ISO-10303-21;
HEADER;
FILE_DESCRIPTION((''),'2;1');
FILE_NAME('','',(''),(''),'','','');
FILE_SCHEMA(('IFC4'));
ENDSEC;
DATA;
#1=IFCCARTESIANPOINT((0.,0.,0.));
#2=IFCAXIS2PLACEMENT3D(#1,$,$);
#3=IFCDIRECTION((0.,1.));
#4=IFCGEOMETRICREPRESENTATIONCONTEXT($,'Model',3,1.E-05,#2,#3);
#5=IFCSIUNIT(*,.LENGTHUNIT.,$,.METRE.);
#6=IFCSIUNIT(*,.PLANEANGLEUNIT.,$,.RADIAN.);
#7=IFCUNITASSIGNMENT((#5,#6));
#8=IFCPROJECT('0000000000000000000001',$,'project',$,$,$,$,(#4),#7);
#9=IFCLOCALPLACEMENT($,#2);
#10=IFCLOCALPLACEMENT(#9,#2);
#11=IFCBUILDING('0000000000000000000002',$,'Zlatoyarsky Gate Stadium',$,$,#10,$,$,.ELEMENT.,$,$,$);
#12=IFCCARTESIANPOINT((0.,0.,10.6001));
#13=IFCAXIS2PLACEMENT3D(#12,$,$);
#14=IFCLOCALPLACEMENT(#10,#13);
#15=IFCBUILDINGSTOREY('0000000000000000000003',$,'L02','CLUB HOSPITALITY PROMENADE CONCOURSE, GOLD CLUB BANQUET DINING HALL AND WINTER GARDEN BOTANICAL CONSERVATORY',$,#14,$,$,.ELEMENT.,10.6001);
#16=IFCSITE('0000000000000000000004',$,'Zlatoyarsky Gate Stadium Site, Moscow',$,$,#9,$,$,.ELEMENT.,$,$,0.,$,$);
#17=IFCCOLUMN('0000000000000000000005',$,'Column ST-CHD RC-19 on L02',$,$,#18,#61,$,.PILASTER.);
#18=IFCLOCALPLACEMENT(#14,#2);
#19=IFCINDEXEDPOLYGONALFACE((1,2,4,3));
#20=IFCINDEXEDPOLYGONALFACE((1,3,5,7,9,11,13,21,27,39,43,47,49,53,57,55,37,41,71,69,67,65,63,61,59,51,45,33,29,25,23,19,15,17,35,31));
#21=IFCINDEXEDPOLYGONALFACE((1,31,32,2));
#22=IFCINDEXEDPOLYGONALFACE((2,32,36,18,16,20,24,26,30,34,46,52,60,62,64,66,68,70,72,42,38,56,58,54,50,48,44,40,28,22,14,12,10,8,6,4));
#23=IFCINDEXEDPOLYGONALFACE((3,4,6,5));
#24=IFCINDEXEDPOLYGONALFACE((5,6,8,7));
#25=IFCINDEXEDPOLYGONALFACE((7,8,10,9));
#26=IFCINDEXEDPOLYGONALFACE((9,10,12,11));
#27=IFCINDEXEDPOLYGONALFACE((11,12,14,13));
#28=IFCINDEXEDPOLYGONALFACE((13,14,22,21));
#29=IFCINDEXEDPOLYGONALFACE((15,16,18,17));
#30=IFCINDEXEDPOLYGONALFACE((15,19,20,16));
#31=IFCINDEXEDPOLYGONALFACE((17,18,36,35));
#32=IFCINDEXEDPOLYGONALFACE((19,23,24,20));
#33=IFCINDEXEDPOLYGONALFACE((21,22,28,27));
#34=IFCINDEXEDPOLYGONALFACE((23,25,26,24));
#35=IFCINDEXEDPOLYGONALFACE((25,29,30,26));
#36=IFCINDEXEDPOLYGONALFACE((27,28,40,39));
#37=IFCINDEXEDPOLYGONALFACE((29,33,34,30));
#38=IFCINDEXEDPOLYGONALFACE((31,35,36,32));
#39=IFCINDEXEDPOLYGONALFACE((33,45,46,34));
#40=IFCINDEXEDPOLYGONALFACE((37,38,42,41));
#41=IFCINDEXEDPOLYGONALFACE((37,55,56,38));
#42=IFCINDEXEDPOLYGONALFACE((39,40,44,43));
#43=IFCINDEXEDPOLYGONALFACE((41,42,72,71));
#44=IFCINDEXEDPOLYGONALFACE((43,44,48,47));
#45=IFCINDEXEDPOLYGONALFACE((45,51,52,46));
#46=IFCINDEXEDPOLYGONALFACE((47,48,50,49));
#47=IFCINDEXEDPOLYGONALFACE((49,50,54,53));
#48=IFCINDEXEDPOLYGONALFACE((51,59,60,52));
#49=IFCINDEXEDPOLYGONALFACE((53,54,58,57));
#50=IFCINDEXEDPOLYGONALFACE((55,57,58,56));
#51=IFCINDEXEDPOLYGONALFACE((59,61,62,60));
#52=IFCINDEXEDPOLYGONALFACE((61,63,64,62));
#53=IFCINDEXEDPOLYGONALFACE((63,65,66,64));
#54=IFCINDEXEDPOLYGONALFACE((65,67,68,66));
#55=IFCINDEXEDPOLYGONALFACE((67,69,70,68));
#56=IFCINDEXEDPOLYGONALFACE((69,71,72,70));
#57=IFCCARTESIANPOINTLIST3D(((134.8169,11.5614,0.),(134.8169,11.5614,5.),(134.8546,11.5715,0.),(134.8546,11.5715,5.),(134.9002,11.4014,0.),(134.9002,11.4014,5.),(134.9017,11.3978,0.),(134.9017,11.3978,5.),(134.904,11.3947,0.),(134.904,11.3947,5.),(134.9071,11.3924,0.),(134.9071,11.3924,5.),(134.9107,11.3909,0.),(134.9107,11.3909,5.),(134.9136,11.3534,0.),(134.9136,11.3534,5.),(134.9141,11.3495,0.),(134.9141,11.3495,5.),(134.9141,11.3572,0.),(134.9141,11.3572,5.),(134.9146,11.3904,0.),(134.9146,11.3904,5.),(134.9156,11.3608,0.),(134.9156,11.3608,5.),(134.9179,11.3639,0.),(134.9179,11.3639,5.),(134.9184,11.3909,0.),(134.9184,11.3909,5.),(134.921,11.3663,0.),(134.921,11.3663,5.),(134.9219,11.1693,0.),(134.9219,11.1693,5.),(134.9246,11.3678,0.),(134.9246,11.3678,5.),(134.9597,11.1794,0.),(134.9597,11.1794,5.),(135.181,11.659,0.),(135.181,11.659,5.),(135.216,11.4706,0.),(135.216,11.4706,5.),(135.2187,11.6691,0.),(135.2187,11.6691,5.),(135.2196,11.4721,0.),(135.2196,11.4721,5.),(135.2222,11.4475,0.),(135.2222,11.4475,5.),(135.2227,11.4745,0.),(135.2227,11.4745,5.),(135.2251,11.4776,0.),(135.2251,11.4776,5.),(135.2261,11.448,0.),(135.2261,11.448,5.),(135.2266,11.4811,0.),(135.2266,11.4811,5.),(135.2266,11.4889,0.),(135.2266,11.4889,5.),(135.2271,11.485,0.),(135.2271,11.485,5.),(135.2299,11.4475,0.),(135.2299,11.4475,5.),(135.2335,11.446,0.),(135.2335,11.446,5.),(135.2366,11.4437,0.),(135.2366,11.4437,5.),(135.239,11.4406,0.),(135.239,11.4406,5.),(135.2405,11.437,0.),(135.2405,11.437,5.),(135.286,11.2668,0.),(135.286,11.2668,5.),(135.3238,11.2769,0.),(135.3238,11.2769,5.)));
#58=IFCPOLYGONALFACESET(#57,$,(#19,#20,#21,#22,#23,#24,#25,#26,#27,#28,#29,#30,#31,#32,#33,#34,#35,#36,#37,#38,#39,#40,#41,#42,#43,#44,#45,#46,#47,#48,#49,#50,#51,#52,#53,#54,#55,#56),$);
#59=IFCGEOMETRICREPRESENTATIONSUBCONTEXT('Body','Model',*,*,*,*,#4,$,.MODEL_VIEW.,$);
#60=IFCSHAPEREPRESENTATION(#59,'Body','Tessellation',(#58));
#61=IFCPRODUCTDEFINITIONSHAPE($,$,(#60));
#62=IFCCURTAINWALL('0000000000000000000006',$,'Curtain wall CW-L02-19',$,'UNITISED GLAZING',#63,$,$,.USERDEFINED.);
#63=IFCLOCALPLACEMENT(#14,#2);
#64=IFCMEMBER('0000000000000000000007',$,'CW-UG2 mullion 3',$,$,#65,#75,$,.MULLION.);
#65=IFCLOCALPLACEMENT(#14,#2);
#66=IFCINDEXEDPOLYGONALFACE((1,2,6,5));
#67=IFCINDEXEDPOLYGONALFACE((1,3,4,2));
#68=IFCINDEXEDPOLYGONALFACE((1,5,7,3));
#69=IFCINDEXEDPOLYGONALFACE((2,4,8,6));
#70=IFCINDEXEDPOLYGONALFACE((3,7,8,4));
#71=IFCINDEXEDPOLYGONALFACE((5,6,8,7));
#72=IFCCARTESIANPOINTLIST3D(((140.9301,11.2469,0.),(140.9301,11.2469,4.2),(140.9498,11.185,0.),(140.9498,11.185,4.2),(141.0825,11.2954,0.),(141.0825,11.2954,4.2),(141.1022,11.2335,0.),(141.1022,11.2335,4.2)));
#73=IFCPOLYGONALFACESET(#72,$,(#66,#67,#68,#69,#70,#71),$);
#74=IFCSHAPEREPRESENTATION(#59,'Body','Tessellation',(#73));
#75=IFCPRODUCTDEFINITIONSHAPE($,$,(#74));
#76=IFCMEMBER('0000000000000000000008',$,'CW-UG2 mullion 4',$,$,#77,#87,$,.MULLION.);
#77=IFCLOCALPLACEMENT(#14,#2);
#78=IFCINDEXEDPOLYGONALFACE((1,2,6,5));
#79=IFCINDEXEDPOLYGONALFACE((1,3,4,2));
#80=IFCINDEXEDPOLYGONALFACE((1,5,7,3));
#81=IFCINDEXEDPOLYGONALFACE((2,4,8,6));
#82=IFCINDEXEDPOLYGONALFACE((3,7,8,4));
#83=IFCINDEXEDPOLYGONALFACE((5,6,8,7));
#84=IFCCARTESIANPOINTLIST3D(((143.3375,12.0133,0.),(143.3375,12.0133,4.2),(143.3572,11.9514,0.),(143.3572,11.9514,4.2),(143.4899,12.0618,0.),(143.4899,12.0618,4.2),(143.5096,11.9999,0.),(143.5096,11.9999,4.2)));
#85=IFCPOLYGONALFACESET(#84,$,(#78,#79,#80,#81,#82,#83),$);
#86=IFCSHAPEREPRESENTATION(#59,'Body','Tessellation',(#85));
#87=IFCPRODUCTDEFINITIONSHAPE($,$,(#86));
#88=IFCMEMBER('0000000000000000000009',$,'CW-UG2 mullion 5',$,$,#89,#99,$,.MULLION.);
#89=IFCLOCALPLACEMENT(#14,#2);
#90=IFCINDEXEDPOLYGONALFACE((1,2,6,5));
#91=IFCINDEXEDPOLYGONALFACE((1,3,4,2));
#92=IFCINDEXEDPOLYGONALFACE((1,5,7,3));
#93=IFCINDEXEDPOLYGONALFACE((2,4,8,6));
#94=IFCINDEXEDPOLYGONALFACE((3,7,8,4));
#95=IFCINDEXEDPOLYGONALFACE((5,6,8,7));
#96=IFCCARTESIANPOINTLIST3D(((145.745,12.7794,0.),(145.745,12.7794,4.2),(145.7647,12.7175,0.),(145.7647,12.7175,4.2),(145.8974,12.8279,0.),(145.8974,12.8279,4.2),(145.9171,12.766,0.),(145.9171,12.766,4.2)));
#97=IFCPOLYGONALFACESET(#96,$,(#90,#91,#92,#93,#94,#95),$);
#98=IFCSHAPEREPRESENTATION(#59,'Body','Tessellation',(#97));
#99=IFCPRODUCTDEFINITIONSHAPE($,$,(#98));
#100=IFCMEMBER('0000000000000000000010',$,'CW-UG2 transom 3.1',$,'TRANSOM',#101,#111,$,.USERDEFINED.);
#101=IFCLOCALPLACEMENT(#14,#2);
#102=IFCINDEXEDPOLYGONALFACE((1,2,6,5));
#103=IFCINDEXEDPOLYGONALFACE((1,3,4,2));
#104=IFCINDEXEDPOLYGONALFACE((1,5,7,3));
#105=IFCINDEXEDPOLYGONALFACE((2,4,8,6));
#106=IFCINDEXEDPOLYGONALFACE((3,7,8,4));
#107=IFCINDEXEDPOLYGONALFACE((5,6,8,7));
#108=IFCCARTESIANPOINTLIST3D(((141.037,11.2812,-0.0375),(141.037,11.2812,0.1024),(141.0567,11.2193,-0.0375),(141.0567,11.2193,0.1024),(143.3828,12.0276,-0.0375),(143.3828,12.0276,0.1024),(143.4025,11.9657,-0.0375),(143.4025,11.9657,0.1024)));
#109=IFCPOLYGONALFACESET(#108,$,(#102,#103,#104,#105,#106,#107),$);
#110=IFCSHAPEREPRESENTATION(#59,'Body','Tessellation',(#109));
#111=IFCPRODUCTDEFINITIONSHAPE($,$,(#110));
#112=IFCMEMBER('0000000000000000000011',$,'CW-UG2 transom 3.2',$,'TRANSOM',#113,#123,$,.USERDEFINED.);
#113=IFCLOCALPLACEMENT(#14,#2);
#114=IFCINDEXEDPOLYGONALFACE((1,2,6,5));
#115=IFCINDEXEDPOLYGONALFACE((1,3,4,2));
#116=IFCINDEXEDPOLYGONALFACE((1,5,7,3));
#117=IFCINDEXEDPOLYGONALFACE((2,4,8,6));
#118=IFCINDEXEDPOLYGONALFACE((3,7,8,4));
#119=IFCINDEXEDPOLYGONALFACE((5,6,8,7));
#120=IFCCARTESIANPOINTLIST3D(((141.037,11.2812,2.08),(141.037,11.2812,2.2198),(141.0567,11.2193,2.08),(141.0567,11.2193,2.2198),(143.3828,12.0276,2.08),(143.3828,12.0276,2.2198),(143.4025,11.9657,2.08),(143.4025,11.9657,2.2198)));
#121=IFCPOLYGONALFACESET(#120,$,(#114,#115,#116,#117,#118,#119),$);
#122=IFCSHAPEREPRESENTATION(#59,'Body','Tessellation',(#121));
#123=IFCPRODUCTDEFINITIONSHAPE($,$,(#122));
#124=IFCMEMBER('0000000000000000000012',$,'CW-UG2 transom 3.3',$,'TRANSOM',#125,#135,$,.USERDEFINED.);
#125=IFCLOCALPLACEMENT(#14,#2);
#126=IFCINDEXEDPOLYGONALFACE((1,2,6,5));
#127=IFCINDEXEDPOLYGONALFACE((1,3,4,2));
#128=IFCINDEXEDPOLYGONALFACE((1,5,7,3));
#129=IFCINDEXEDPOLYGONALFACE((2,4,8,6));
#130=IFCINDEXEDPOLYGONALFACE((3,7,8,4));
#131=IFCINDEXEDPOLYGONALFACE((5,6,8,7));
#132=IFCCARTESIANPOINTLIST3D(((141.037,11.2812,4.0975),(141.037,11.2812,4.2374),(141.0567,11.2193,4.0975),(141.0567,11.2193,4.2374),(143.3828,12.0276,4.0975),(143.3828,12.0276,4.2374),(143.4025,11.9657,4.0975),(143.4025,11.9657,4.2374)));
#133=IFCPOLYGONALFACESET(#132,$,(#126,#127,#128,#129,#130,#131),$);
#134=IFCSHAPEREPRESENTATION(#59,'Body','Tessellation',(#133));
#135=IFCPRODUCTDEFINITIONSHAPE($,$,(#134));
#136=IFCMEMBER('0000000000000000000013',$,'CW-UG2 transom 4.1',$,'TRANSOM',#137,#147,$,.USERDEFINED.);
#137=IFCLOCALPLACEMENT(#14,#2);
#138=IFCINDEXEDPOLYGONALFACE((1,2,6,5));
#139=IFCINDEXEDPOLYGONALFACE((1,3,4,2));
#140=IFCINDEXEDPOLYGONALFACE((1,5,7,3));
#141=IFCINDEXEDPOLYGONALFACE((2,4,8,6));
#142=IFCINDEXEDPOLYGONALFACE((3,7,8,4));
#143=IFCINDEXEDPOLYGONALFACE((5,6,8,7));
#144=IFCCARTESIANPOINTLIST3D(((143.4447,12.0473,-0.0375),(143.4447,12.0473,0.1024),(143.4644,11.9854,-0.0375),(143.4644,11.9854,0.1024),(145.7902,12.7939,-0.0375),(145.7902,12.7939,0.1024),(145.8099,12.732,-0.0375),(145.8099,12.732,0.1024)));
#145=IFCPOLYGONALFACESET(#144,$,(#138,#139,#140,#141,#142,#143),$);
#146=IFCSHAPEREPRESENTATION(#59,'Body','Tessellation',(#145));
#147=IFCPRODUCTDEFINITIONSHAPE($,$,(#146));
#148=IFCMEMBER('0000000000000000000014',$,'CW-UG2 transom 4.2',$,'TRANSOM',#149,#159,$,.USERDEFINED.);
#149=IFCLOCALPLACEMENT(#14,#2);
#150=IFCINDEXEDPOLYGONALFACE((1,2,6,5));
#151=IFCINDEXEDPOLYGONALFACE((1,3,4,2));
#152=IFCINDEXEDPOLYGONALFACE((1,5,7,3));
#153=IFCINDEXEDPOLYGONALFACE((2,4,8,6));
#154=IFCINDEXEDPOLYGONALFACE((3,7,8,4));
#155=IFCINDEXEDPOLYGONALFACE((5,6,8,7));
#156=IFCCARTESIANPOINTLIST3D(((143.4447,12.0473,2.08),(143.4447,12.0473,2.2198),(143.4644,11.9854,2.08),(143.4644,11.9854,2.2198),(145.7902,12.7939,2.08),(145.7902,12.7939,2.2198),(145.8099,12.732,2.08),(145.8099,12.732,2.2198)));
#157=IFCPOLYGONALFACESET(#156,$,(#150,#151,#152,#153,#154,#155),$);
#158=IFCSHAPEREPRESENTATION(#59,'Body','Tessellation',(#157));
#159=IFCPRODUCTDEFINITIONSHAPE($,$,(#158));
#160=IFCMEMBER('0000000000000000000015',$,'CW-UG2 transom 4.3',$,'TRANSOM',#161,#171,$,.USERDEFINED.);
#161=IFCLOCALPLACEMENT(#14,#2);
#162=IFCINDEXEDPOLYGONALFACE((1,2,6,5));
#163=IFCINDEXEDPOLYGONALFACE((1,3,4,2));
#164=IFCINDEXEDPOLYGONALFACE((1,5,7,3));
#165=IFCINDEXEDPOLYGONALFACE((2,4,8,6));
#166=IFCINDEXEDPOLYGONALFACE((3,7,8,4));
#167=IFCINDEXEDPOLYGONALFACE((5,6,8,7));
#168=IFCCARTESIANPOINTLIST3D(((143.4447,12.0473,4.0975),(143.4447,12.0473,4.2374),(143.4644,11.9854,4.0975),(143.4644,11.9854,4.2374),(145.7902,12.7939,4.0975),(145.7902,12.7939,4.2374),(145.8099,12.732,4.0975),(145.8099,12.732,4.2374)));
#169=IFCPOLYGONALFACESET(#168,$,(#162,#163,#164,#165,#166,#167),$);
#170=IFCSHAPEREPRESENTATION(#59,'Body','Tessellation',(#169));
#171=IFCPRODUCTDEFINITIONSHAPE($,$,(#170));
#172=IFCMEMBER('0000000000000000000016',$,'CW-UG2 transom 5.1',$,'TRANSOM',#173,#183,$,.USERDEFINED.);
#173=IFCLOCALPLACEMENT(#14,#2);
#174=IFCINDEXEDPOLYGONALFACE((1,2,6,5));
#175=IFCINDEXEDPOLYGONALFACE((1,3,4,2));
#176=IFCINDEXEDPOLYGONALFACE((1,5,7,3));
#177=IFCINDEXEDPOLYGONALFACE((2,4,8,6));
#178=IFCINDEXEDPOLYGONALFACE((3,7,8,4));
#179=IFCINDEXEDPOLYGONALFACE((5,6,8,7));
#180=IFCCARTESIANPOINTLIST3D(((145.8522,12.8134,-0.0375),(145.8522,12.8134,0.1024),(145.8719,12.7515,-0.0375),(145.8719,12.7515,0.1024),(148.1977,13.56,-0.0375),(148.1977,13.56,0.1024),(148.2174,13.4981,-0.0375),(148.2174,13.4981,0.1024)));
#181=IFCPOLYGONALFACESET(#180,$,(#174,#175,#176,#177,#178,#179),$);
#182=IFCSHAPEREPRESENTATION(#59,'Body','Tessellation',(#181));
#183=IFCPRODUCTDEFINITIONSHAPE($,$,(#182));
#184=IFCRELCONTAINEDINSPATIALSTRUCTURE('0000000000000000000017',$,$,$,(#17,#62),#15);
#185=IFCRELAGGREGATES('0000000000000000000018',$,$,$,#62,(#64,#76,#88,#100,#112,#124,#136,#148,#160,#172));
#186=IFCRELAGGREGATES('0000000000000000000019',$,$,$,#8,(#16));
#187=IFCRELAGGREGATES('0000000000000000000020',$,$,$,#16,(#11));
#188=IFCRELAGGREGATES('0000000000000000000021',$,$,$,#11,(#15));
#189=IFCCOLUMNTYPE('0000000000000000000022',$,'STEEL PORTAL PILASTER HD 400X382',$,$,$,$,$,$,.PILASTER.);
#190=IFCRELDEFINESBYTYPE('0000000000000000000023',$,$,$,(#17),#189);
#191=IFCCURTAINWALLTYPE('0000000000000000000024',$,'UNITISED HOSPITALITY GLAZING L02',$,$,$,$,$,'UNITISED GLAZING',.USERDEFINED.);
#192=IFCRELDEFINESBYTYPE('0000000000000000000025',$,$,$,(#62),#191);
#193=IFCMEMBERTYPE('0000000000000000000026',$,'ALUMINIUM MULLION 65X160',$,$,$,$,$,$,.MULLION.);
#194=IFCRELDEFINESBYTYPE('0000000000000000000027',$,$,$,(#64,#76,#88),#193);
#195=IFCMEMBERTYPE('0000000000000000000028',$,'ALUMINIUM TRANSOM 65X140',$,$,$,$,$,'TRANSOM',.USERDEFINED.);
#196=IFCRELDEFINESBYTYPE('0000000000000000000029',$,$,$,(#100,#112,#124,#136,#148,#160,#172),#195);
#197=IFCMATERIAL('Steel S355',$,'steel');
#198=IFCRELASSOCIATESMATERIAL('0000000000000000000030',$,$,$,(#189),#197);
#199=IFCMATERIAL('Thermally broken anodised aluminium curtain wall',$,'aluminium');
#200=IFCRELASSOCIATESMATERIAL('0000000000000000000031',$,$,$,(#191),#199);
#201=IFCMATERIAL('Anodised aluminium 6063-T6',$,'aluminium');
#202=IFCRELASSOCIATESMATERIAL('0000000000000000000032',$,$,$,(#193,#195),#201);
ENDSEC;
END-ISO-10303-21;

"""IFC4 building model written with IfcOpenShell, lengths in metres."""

from ifc_helpers import new_model, si_unit, direction, frame, origin, origin_2d, place, context, subcontext, project, spatial, rectangle, i_section, extrude, material, material_profile, profile_set, type_object, element, aggregate, save


model = new_model("IFC4")

# Units and contexts
model_context = context("Model", 3, precision=1e-05, world=origin(), true_north=direction((0.0, 1.0)))
body_context = subcontext(model_context, "Body", "Model", "MODEL_VIEW")
ifc_project = project(units=[si_unit("LENGTHUNIT", "METRE"), si_unit("PLANEANGLEUNIT", "RADIAN")], contexts=[model_context])

# Site, building, storey
site_placement = place(None, origin())
site = spatial("IfcSite", under=ifc_project, at=site_placement, Name="Zlatoyarsky Gate Stadium Site, Moscow", CompositionType="ELEMENT", RefElevation=0.0)
building_placement = place(site_placement, origin())
building = spatial("IfcBuilding", under=site, at=building_placement, Name="Zlatoyarsky Gate Stadium", CompositionType="ELEMENT")
storey_placement = place(building_placement, frame((0.0, 0.0, 10.6001)))
storey = spatial("IfcBuildingStorey", under=building, at=storey_placement, Name="L02", Description="CLUB HOSPITALITY PROMENADE CONCOURSE, GOLD CLUB BANQUET DINING HALL AND WINTER GARDEN BOTANICAL CONSERVATORY", CompositionType="ELEMENT", Elevation=10.6001)

# Column
ifc_material_1 = material(Name="Steel S355", Category="steel")
ifc_material_profile_1 = material_profile(ifc_material_1, i_section(OverallWidth=0.406, OverallDepth=0.416, WebThickness=0.0239, FlangeThickness=0.0391, FilletRadius=0.0149, at=origin_2d()), Name="HD 400X382")
ifc_profile_set_1 = profile_set([ifc_material_profile_1], Name="Steel S355")
column_type = type_object("IfcColumnType", Name="STEEL PORTAL PILASTER HD 400X382", PredefinedType="PILASTER", material=ifc_profile_set_1)
column_placement = place(storey_placement, frame((135.0703, 11.4192, 0.0), z_axis=(0.0, 0.0, 1.0), x_axis=(0.258819, -0.965926, 0.0)))
element("IfcColumn", 1, at=column_placement, inside=storey, type_object=column_type, Name="Column ST-CHD RC-19 on L02", PredefinedType="PILASTER", context=body_context, shape_type="SweptSolid", body=[
    extrude(i_section(OverallWidth=0.406, OverallDepth=0.416, WebThickness=0.0239, FlangeThickness=0.0391, FilletRadius=0.0149, at=origin_2d()), origin(), (0.0, 0.0, 1.0), 5.0),
])

# Curtain wall, members
ifc_material_2 = material(Name="Thermally broken anodised aluminium curtain wall", Category="aluminium")
curtain_wall_type = type_object("IfcCurtainWallType", Name="UNITISED HOSPITALITY GLAZING L02", ElementType="UNITISED GLAZING", PredefinedType="USERDEFINED", material=ifc_material_2)
curtain_wall_placement = place(storey_placement, origin())
curtain_wall = element("IfcCurtainWall", 2, at=curtain_wall_placement, inside=storey, type_object=curtain_wall_type, Name="Curtain wall CW-L02-19", ObjectType="UNITISED GLAZING", PredefinedType="USERDEFINED")
ifc_material_3 = material(Name="Anodised aluminium 6063-T6", Category="aluminium")
ifc_material_profile_2 = material_profile(ifc_material_3, rectangle(XDim=0.0649, YDim=0.1599, at=origin_2d()), Name="ALU 65X160")
ifc_profile_set_2 = profile_set([ifc_material_profile_2], Name="Anodised aluminium 6063-T6")
member_type_1 = type_object("IfcMemberType", Name="ALUMINIUM MULLION 65X160", PredefinedType="MULLION", material=ifc_profile_set_2)
member_1_placement = place(storey_placement, frame((141.0161, 11.2402, 0.0), z_axis=(0.0, 0.0, 1.0), x_axis=(-0.303278, 0.952902, 0.0)))
member_1 = element("IfcMember", 3, at=member_1_placement, type_object=member_type_1, Name="CW-UG2 mullion 3", PredefinedType="MULLION", context=body_context, shape_type="SweptSolid", body=[
    extrude(rectangle(XDim=0.0649, YDim=0.1599, at=origin_2d()), origin(), (0.0, 0.0, 1.0), 4.2),
])
member_2_placement = place(storey_placement, frame((143.4236, 12.0066, 0.0), z_axis=(0.0, 0.0, 1.0), x_axis=(-0.303278, 0.952902, 0.0)))
member_2 = element("IfcMember", 4, at=member_2_placement, type_object=member_type_1, Name="CW-UG2 mullion 4", PredefinedType="MULLION", context=body_context, shape_type="SweptSolid", body=[
    extrude(rectangle(XDim=0.0649, YDim=0.1599, at=origin_2d()), origin(), (0.0, 0.0, 1.0), 4.2),
])
member_3_placement = place(storey_placement, frame((145.8311, 12.7727, 0.0), z_axis=(0.0, 0.0, 1.0), x_axis=(-0.303278, 0.952902, 0.0)))
member_3 = element("IfcMember", 5, at=member_3_placement, type_object=member_type_1, Name="CW-UG2 mullion 5", PredefinedType="MULLION", context=body_context, shape_type="SweptSolid", body=[
    extrude(rectangle(XDim=0.0649, YDim=0.1599, at=origin_2d()), origin(), (0.0, 0.0, 1.0), 4.2),
])
ifc_material_profile_3 = material_profile(ifc_material_3, rectangle(XDim=0.0649, YDim=0.1399, at=origin_2d()), Name="ALU 65X140")
ifc_profile_set_3 = profile_set([ifc_material_profile_3], Name="Anodised aluminium 6063-T6")
member_type_2 = type_object("IfcMemberType", Name="ALUMINIUM TRANSOM 65X140", ElementType="TRANSOM", PredefinedType="USERDEFINED", material=ifc_profile_set_3)
member_4_placement = place(storey_placement, frame((141.0469, 11.2502, 0.0325), z_axis=(0.952928, 0.303195, 0.0), x_axis=(-0.303195, 0.952928, 0.0)))
member_4 = element("IfcMember", 6, at=member_4_placement, type_object=member_type_2, Name="CW-UG2 transom 3.1", ObjectType="TRANSOM", PredefinedType="USERDEFINED", context=body_context, shape_type="SweptSolid", body=[
    extrude(rectangle(XDim=0.0649, YDim=0.1399, at=origin_2d()), origin(), (0.0, 0.0, 1.0), 2.4617),
])
member_5_placement = place(storey_placement, frame((141.0469, 11.2502, 2.1499), z_axis=(0.952928, 0.303195, 0.0), x_axis=(-0.303195, 0.952928, 0.0)))
member_5 = element("IfcMember", 7, at=member_5_placement, type_object=member_type_2, Name="CW-UG2 transom 3.2", ObjectType="TRANSOM", PredefinedType="USERDEFINED", context=body_context, shape_type="SweptSolid", body=[
    extrude(rectangle(XDim=0.0649, YDim=0.1399, at=origin_2d()), origin(), (0.0, 0.0, 1.0), 2.4617),
])
member_6_placement = place(storey_placement, frame((141.0469, 11.2502, 4.1675), z_axis=(0.952928, 0.303195, 0.0), x_axis=(-0.303195, 0.952928, 0.0)))
member_6 = element("IfcMember", 8, at=member_6_placement, type_object=member_type_2, Name="CW-UG2 transom 3.3", ObjectType="TRANSOM", PredefinedType="USERDEFINED", context=body_context, shape_type="SweptSolid", body=[
    extrude(rectangle(XDim=0.0649, YDim=0.1399, at=origin_2d()), origin(), (0.0, 0.0, 1.0), 2.4617),
])
member_7_placement = place(storey_placement, frame((143.4546, 12.0164, 0.0325), z_axis=(0.952891, 0.303314, 0.0), x_axis=(-0.303314, 0.952891, 0.0)))
member_7 = element("IfcMember", 9, at=member_7_placement, type_object=member_type_2, Name="CW-UG2 transom 4.1", ObjectType="TRANSOM", PredefinedType="USERDEFINED", context=body_context, shape_type="SweptSolid", body=[
    extrude(rectangle(XDim=0.0649, YDim=0.1399, at=origin_2d()), origin(), (0.0, 0.0, 1.0), 2.4614),
])
member_8_placement = place(storey_placement, frame((143.4546, 12.0164, 2.1499), z_axis=(0.952891, 0.303314, 0.0), x_axis=(-0.303314, 0.952891, 0.0)))
member_8 = element("IfcMember", 10, at=member_8_placement, type_object=member_type_2, Name="CW-UG2 transom 4.2", ObjectType="TRANSOM", PredefinedType="USERDEFINED", context=body_context, shape_type="SweptSolid", body=[
    extrude(rectangle(XDim=0.0649, YDim=0.1399, at=origin_2d()), origin(), (0.0, 0.0, 1.0), 2.4614),
])
member_9_placement = place(storey_placement, frame((143.4546, 12.0164, 4.1675), z_axis=(0.952891, 0.303314, 0.0), x_axis=(-0.303314, 0.952891, 0.0)))
member_9 = element("IfcMember", 11, at=member_9_placement, type_object=member_type_2, Name="CW-UG2 transom 4.3", ObjectType="TRANSOM", PredefinedType="USERDEFINED", context=body_context, shape_type="SweptSolid", body=[
    extrude(rectangle(XDim=0.0649, YDim=0.1399, at=origin_2d()), origin(), (0.0, 0.0, 1.0), 2.4614),
])
member_10_placement = place(storey_placement, frame((145.8621, 12.7825, 0.0325), z_axis=(0.952891, 0.303314, 0.0), x_axis=(-0.303314, 0.952891, 0.0)))
member_10 = element("IfcMember", 12, at=member_10_placement, type_object=member_type_2, Name="CW-UG2 transom 5.1", ObjectType="TRANSOM", PredefinedType="USERDEFINED", context=body_context, shape_type="SweptSolid", body=[
    extrude(rectangle(XDim=0.0649, YDim=0.1399, at=origin_2d()), origin(), (0.0, 0.0, 1.0), 2.4614),
])

aggregate(curtain_wall, [member_1, member_2, member_3, member_4, member_5, member_6, member_7, member_8, member_9, member_10])

save(model, "model.ifc")
